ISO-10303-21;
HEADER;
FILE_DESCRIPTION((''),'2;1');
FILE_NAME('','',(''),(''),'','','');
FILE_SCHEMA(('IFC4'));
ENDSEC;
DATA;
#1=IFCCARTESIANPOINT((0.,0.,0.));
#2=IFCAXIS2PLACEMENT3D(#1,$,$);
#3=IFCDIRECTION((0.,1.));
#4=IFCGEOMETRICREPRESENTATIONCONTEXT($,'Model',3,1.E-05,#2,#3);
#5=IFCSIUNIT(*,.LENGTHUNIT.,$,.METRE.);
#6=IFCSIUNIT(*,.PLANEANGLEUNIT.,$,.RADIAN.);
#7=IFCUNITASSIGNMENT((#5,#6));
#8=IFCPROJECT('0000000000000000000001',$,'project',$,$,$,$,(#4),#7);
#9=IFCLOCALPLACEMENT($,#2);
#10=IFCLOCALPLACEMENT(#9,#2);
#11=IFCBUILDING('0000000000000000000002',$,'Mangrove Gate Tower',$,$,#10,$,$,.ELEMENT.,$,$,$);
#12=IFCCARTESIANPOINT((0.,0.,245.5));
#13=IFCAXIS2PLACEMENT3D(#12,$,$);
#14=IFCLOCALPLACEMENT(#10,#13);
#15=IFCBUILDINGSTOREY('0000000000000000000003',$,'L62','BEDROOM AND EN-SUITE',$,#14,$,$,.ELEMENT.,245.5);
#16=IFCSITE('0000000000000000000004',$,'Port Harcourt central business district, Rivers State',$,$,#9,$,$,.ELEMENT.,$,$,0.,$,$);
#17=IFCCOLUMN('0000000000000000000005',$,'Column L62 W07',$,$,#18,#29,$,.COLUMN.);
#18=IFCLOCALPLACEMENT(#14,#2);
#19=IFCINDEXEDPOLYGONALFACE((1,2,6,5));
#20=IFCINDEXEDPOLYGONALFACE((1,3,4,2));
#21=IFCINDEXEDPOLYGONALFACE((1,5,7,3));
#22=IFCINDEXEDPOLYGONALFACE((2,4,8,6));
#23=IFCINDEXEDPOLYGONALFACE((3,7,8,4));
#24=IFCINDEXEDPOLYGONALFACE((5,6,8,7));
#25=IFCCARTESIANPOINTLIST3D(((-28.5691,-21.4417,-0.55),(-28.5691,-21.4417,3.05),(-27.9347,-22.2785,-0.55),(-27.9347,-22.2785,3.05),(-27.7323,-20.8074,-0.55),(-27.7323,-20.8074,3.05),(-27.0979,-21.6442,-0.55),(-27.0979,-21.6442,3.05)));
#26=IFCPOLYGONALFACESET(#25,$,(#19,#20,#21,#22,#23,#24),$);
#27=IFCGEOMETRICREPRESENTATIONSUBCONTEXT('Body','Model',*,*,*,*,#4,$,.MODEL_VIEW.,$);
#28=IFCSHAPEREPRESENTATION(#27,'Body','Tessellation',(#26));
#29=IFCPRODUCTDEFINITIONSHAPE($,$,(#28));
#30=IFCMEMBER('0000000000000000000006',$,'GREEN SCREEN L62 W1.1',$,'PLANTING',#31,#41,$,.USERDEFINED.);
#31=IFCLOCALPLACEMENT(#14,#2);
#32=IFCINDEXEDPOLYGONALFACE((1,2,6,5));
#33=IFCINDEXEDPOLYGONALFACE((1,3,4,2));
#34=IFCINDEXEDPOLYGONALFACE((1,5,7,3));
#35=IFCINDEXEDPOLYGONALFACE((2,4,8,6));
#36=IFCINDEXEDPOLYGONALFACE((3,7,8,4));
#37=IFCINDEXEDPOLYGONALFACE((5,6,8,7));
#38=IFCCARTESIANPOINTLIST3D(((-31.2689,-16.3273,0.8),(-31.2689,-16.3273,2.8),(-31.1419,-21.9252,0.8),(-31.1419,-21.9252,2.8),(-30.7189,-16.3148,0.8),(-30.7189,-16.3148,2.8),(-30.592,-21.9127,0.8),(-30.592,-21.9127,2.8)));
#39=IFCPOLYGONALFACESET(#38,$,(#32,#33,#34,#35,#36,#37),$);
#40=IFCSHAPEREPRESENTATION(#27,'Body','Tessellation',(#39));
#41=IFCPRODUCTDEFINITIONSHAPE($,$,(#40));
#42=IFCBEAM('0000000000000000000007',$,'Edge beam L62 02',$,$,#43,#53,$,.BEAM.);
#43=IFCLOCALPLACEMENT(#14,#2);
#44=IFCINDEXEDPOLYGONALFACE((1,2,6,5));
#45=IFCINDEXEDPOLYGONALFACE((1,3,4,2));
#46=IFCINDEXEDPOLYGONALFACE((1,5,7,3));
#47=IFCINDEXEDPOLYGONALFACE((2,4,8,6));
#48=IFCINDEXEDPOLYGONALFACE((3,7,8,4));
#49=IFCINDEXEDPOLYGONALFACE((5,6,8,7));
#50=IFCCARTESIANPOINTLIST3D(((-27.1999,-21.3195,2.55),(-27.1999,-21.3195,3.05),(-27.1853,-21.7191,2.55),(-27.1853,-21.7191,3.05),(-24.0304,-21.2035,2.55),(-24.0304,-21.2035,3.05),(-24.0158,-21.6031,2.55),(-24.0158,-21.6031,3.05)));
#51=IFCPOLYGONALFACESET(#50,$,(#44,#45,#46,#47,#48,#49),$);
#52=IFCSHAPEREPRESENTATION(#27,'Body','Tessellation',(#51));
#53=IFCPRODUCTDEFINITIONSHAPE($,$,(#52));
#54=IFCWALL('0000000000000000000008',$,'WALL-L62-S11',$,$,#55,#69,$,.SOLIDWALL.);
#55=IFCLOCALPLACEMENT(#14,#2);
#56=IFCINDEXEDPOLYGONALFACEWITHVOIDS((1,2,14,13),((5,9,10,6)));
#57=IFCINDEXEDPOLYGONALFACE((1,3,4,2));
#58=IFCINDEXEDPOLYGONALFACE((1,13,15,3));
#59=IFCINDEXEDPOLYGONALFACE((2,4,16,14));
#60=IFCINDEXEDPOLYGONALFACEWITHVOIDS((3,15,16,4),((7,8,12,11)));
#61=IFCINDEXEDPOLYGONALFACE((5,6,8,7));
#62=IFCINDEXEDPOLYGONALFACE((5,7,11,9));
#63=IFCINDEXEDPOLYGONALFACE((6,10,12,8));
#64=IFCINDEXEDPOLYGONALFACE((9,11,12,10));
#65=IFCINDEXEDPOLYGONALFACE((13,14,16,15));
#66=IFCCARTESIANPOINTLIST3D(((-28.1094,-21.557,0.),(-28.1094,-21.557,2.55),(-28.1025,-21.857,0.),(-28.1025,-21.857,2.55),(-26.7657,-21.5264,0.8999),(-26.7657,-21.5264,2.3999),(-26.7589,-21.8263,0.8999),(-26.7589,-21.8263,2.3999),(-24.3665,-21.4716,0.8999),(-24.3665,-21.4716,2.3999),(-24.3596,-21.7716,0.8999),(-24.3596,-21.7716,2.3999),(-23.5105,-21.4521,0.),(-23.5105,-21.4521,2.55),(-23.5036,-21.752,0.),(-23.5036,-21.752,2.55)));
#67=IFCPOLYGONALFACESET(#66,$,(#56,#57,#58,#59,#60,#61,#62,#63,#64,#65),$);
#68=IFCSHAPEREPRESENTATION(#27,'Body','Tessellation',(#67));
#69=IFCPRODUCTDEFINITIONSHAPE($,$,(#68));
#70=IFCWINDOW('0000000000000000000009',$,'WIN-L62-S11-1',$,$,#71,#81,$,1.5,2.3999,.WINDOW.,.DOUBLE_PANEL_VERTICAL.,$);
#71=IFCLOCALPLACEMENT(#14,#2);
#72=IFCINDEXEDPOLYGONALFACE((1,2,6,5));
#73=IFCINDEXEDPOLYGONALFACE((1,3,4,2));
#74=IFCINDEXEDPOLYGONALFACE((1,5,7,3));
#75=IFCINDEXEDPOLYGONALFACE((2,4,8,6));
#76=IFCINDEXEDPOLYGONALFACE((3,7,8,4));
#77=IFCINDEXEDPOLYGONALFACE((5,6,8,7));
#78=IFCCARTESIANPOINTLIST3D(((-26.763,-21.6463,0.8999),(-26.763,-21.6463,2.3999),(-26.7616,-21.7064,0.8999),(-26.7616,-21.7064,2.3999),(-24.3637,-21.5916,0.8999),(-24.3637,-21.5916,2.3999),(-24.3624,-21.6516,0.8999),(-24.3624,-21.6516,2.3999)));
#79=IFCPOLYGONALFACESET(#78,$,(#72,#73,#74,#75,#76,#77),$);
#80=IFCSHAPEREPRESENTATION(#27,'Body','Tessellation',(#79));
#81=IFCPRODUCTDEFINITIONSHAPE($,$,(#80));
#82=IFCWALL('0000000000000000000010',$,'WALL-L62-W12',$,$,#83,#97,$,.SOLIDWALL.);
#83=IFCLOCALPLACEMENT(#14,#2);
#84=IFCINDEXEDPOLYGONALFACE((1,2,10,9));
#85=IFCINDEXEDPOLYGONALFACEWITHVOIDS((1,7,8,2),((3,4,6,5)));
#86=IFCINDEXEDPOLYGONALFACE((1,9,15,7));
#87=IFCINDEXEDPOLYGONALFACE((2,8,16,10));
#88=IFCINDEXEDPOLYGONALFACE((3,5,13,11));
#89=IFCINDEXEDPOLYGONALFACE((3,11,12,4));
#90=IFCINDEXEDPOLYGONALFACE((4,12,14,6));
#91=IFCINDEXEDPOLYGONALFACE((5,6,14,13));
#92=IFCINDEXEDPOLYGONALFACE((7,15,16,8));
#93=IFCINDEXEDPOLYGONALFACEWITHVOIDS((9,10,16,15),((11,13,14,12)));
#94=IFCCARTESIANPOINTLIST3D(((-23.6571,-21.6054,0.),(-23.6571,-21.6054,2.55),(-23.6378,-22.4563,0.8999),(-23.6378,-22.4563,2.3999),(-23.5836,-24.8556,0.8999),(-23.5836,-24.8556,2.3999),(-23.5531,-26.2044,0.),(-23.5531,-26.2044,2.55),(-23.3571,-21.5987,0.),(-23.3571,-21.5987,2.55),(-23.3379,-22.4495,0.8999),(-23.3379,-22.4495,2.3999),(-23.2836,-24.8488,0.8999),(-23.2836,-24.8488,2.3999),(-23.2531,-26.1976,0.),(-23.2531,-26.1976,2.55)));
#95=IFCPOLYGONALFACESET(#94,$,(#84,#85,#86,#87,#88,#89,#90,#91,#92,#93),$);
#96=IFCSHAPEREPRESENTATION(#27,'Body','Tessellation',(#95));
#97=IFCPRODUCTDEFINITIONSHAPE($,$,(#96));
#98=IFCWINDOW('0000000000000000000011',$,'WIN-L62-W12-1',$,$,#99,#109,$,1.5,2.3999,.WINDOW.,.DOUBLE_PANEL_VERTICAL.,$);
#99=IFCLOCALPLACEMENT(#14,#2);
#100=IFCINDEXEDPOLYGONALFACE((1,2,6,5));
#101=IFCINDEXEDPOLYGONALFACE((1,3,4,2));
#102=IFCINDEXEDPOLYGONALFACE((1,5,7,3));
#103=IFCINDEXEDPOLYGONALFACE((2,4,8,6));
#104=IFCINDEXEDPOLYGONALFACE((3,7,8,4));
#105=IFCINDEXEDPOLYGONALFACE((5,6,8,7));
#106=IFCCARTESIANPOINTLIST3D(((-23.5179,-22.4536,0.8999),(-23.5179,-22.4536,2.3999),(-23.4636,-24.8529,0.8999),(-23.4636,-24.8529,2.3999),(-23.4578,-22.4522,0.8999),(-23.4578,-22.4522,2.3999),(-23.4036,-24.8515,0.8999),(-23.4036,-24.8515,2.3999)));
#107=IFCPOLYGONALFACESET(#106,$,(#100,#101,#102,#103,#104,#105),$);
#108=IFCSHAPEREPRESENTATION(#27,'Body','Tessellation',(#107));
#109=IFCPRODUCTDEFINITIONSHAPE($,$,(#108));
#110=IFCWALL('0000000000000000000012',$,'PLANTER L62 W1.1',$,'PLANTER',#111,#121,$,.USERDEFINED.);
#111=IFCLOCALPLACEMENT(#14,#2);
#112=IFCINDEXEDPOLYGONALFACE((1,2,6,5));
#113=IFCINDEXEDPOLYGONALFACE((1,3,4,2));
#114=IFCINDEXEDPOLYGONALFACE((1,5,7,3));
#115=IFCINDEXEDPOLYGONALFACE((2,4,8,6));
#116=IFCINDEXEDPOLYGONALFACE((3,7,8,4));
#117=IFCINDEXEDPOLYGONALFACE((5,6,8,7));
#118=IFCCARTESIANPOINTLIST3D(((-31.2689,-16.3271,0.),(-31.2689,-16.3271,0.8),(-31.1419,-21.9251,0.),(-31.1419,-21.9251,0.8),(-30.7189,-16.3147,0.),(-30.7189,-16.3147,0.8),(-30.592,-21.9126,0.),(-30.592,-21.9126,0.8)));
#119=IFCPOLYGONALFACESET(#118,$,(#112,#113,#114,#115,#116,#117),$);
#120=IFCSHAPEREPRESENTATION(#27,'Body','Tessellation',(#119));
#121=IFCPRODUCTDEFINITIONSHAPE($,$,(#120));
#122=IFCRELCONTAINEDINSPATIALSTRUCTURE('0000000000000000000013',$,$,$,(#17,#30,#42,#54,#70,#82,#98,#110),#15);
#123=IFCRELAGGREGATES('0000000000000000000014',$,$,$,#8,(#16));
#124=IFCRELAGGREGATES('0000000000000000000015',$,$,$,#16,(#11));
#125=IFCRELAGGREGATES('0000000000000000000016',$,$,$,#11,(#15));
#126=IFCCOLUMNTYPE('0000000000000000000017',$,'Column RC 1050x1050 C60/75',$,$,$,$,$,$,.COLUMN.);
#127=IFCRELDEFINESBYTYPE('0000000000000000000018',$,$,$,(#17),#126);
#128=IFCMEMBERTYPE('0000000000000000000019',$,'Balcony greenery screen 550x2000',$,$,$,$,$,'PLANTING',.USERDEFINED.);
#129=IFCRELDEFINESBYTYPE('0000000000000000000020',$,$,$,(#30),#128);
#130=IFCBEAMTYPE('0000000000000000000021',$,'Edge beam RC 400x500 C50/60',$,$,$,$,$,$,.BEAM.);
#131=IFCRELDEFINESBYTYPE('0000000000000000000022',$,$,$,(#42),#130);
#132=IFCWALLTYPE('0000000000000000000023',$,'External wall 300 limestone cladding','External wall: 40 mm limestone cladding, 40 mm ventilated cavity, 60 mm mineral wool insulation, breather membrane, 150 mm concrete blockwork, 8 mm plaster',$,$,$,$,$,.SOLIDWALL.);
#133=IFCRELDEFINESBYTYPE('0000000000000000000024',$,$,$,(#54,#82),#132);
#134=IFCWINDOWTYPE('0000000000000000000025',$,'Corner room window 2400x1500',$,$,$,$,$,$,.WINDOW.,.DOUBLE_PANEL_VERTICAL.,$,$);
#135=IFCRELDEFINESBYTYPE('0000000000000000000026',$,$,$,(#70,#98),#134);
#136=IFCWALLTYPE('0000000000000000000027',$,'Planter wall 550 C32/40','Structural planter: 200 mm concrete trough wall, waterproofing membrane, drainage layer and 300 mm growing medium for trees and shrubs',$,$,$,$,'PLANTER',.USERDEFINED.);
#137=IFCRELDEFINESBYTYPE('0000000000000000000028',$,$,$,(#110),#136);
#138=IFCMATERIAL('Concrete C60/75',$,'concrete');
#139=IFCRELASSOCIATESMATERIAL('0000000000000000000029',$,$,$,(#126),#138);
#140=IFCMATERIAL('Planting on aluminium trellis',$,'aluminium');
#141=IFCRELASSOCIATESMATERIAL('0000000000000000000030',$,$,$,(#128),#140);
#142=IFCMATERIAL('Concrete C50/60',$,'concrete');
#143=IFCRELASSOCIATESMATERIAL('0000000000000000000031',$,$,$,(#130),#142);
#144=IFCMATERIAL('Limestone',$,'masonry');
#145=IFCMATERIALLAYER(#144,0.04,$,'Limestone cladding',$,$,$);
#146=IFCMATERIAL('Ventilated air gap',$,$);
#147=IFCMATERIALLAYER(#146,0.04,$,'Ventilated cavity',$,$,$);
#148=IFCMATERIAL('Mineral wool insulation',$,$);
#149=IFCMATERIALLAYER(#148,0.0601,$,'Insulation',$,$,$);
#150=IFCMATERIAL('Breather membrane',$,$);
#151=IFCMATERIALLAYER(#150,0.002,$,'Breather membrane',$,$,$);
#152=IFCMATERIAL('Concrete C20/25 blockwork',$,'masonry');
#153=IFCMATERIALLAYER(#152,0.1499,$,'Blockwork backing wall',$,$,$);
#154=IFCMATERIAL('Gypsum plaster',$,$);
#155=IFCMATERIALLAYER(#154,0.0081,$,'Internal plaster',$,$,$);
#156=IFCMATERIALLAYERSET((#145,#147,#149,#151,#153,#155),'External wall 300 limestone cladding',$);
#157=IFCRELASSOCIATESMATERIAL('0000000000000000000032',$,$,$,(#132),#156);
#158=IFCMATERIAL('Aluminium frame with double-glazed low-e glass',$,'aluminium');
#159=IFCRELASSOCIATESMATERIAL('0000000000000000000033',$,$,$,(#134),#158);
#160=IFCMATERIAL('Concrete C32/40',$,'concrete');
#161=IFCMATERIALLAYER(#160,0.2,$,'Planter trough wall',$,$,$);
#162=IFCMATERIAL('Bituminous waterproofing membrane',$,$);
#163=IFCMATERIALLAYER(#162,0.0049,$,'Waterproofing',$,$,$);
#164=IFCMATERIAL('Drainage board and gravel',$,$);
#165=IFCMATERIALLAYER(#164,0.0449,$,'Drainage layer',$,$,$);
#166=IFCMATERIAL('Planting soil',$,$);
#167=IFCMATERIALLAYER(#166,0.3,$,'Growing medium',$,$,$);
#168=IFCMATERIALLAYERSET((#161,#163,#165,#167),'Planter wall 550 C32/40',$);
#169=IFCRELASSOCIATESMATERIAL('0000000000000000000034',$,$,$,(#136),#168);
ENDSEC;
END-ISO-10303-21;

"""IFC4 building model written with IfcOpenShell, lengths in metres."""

from ifc_helpers import new_model, si_unit, direction, frame, frame_2d, origin, origin_2d, place, context, subcontext, project, spatial, rectangle, extrude, material, layer, layer_set, material_profile, profile_set, type_object, element, fill, save


model = new_model("IFC4")

# Units and contexts
model_context = context("Model", 3, precision=1e-05, world=origin(), true_north=direction((0.0, 1.0)))
body_context = subcontext(model_context, "Body", "Model", "MODEL_VIEW")
ifc_project = project(units=[si_unit("LENGTHUNIT", "METRE"), si_unit("PLANEANGLEUNIT", "RADIAN")], contexts=[model_context])

# Site, building, storey
site_placement = place(None, origin())
site = spatial("IfcSite", under=ifc_project, at=site_placement, Name="Port Harcourt central business district, Rivers State", CompositionType="ELEMENT", RefElevation=0.0)
building_placement = place(site_placement, origin())
building = spatial("IfcBuilding", under=site, at=building_placement, Name="Mangrove Gate Tower", CompositionType="ELEMENT")
storey_placement = place(building_placement, frame((0.0, 0.0, 245.5)))
storey = spatial("IfcBuildingStorey", under=building, at=storey_placement, Name="L62", Description="BEDROOM AND EN-SUITE", CompositionType="ELEMENT", Elevation=245.5)

# Column
ifc_material_1 = material(Name="Concrete C60/75", Category="concrete")
ifc_material_profile_1 = material_profile(ifc_material_1, rectangle(XDim=1.05, YDim=1.05, at=origin_2d()))
ifc_profile_set_1 = profile_set([ifc_material_profile_1], Name="Concrete C60/75")
column_type = type_object("IfcColumnType", Name="Column RC 1050x1050 C60/75", PredefinedType="COLUMN", material=ifc_profile_set_1)
column_placement = place(storey_placement, frame((-27.8335, -21.543, -0.55), z_axis=(0.0, 0.0, 1.0), x_axis=(0.604088, -0.796917, 0.0)))
element("IfcColumn", 1, at=column_placement, inside=storey, type_object=column_type, Name="Column L62 W07", PredefinedType="COLUMN", context=body_context, shape_type="SweptSolid", body=[
    extrude(rectangle(XDim=1.05, YDim=1.05, at=origin_2d()), origin(), (0.0, 0.0, 1.0), 3.6001),
])

# Member
ifc_material_2 = material(Name="Planting on aluminium trellis", Category="aluminium")
ifc_material_profile_2 = material_profile(ifc_material_2, rectangle(XDim=0.55, YDim=2.0, at=origin_2d()))
ifc_profile_set_2 = profile_set([ifc_material_profile_2], Name="Planting on aluminium trellis")
member_type = type_object("IfcMemberType", Name="Balcony greenery screen 550x2000", ElementType="PLANTING", PredefinedType="USERDEFINED", material=ifc_profile_set_2)
member_placement = place(storey_placement, frame((-30.8669, -21.9189, 1.8), z_axis=(-0.022673, 0.999743, 0.0), x_axis=(-0.999743, -0.022673, 0.0)))
element("IfcMember", 2, at=member_placement, inside=storey, type_object=member_type, Name="GREEN SCREEN L62 W1.1", ObjectType="PLANTING", PredefinedType="USERDEFINED", context=body_context, shape_type="SweptSolid", body=[
    extrude(rectangle(XDim=0.55, YDim=2.0, at=origin_2d()), origin(), (0.0, 0.0, 1.0), 5.5994),
])

# Beam
ifc_material_3 = material(Name="Concrete C50/60", Category="concrete")
ifc_material_profile_3 = material_profile(ifc_material_3, rectangle(XDim=0.3999, YDim=0.5, at=origin_2d()))
ifc_profile_set_3 = profile_set([ifc_material_profile_3], Name="Concrete C50/60")
beam_type = type_object("IfcBeamType", Name="Edge beam RC 400x500 C50/60", PredefinedType="BEAM", material=ifc_profile_set_3)
beam_placement = place(storey_placement, frame((-27.1926, -21.5193, 2.8), z_axis=(0.999331, 0.036565, 0.0), x_axis=(-0.036565, 0.999331, 0.0)))
element("IfcBeam", 3, at=beam_placement, inside=storey, type_object=beam_type, Name="Edge beam L62 02", PredefinedType="BEAM", context=body_context, shape_type="SweptSolid", body=[
    extrude(rectangle(XDim=0.3999, YDim=0.5, at=origin_2d()), origin(), (0.0, 0.0, 1.0), 3.1716),
])

# Walls, openings, windows
ifc_material_4 = material(Name="Limestone", Category="masonry")
ifc_layer_1 = layer(ifc_material_4, 0.04, Name="Limestone cladding")
ifc_material_5 = material(Name="Ventilated air gap")
ifc_layer_2 = layer(ifc_material_5, 0.04, Name="Ventilated cavity")
ifc_material_6 = material(Name="Mineral wool insulation")
ifc_layer_3 = layer(ifc_material_6, 0.0601, Name="Insulation")
ifc_material_7 = material(Name="Breather membrane")
ifc_layer_4 = layer(ifc_material_7, 0.002, Name="Breather membrane")
ifc_material_8 = material(Name="Concrete C20/25 blockwork", Category="masonry")
ifc_layer_5 = layer(ifc_material_8, 0.1499, Name="Blockwork backing wall")
ifc_material_9 = material(Name="Gypsum plaster")
ifc_layer_6 = layer(ifc_material_9, 0.0081, Name="Internal plaster")
ifc_layer_set_1 = layer_set([ifc_layer_1, ifc_layer_2, ifc_layer_3, ifc_layer_4, ifc_layer_5, ifc_layer_6], Name="External wall 300 limestone cladding")
wall_type_1 = type_object("IfcWallType", Name="External wall 300 limestone cladding", Description="External wall: 40 mm limestone cladding, 40 mm ventilated cavity, 60 mm mineral wool insulation, breather membrane, 150 mm concrete blockwork, 8 mm plaster", PredefinedType="SOLIDWALL", material=ifc_layer_set_1)
wall_1_placement = place(storey_placement, frame((-28.106, -21.707, 0.0), z_axis=(0.0, 0.0, 1.0), x_axis=(0.99974, 0.022821, 0.0)))
wall_1 = element("IfcWall", 4, at=wall_1_placement, inside=storey, type_object=wall_type_1, Name="WALL-L62-S11", PredefinedType="SOLIDWALL", context=body_context, shape_type="SweptSolid", body=[
    extrude(rectangle(XDim=4.6001, YDim=0.3, at=frame_2d((2.3, 0.0))), origin(), (0.0, 0.0, 1.0), 2.55),
])
opening_1_placement = place(wall_1_placement, frame((1.344, 0.0, 0.8999)))
opening_1 = element("IfcOpeningElement", 5, at=opening_1_placement, cuts=wall_1, PredefinedType="OPENING", context=body_context, shape_type="SweptSolid", body=[
    extrude(rectangle(XDim=2.3999, YDim=1.5, at=frame_2d((1.2, 0.75))), frame((0.0, 0.1599, 0.0), z_axis=(0.0, -1.0, 0.0), x_axis=(1.0, 0.0, 0.0)), (0.0, 0.0, 1.0), 0.3201),
])
ifc_material_10 = material(Name="Aluminium frame with double-glazed low-e glass", Category="aluminium")
window_type = type_object("IfcWindowType", Name="Corner room window 2400x1500", PartitioningType="DOUBLE_PANEL_VERTICAL", PredefinedType="WINDOW", material=ifc_material_10)
window_1_placement = place(opening_1_placement, origin())
window_1 = element("IfcWindow", 6, at=window_1_placement, inside=storey, type_object=window_type, Name="WIN-L62-S11-1", OverallHeight=1.5, OverallWidth=2.3999, PartitioningType="DOUBLE_PANEL_VERTICAL", PredefinedType="WINDOW", context=body_context, shape_type="SweptSolid", body=[
    extrude(rectangle(XDim=2.3999, YDim=1.5, at=frame_2d((1.2, 0.75))), frame((0.0, 0.03, 0.0), z_axis=(0.0, -1.0, 0.0), x_axis=(1.0, 0.0, 0.0)), (0.0, 0.0, 1.0), 0.0601),
])
fill(opening_1, window_1)
wall_2_placement = place(storey_placement, frame((-23.5071, -21.6021, 0.0), z_axis=(0.0, 0.0, 1.0), x_axis=(0.022609, -0.999744, 0.0)))
wall_2 = element("IfcWall", 7, at=wall_2_placement, inside=storey, type_object=wall_type_1, Name="WALL-L62-W12", PredefinedType="SOLIDWALL", context=body_context, shape_type="SweptSolid", body=[
    extrude(rectangle(XDim=4.6001, YDim=0.3, at=frame_2d((2.3, 0.0))), origin(), (0.0, 0.0, 1.0), 2.55),
])
opening_2_placement = place(wall_2_placement, frame((0.8511, 0.0, 0.8999)))
opening_2 = element("IfcOpeningElement", 8, at=opening_2_placement, cuts=wall_2, PredefinedType="OPENING", context=body_context, shape_type="SweptSolid", body=[
    extrude(rectangle(XDim=2.3999, YDim=1.5, at=frame_2d((1.2, 0.75))), frame((0.0, 0.1599, 0.0), z_axis=(0.0, -1.0, 0.0), x_axis=(1.0, 0.0, 0.0)), (0.0, 0.0, 1.0), 0.3201),
])
window_2_placement = place(opening_2_placement, origin())
window_2 = element("IfcWindow", 9, at=window_2_placement, inside=storey, type_object=window_type, Name="WIN-L62-W12-1", OverallHeight=1.5, OverallWidth=2.3999, PartitioningType="DOUBLE_PANEL_VERTICAL", PredefinedType="WINDOW", context=body_context, shape_type="SweptSolid", body=[
    extrude(rectangle(XDim=2.3999, YDim=1.5, at=frame_2d((1.2, 0.75))), frame((0.0, 0.03, 0.0), z_axis=(0.0, -1.0, 0.0), x_axis=(1.0, 0.0, 0.0)), (0.0, 0.0, 1.0), 0.0601),
])
fill(opening_2, window_2)

# Wall
ifc_material_11 = material(Name="Concrete C32/40", Category="concrete")
ifc_layer_7 = layer(ifc_material_11, 0.2, Name="Planter trough wall")
ifc_material_12 = material(Name="Bituminous waterproofing membrane")
ifc_layer_8 = layer(ifc_material_12, 0.0049, Name="Waterproofing")
ifc_material_13 = material(Name="Drainage board and gravel")
ifc_layer_9 = layer(ifc_material_13, 0.0449, Name="Drainage layer")
ifc_material_14 = material(Name="Planting soil")
ifc_layer_10 = layer(ifc_material_14, 0.3, Name="Growing medium")
ifc_layer_set_2 = layer_set([ifc_layer_7, ifc_layer_8, ifc_layer_9, ifc_layer_10], Name="Planter wall 550 C32/40")
wall_type_2 = type_object("IfcWallType", Name="Planter wall 550 C32/40", Description="Structural planter: 200 mm concrete trough wall, waterproofing membrane, drainage layer and 300 mm growing medium for trees and shrubs", ElementType="PLANTER", PredefinedType="USERDEFINED", material=ifc_layer_set_2)
wall_3_placement = place(storey_placement, frame((-30.8669, -21.9189, 0.0), z_axis=(0.0, 0.0, 1.0), x_axis=(-0.022673, 0.999743, 0.0)))
element("IfcWall", 10, at=wall_3_placement, inside=storey, type_object=wall_type_2, Name="PLANTER L62 W1.1", ObjectType="PLANTER", PredefinedType="USERDEFINED", context=body_context, shape_type="SweptSolid", body=[
    extrude(rectangle(XDim=5.5994, YDim=0.55, at=frame_2d((2.7998, 0.0))), origin(), (0.0, 0.0, 1.0), 0.8),
])

save(model, "model.ifc")
